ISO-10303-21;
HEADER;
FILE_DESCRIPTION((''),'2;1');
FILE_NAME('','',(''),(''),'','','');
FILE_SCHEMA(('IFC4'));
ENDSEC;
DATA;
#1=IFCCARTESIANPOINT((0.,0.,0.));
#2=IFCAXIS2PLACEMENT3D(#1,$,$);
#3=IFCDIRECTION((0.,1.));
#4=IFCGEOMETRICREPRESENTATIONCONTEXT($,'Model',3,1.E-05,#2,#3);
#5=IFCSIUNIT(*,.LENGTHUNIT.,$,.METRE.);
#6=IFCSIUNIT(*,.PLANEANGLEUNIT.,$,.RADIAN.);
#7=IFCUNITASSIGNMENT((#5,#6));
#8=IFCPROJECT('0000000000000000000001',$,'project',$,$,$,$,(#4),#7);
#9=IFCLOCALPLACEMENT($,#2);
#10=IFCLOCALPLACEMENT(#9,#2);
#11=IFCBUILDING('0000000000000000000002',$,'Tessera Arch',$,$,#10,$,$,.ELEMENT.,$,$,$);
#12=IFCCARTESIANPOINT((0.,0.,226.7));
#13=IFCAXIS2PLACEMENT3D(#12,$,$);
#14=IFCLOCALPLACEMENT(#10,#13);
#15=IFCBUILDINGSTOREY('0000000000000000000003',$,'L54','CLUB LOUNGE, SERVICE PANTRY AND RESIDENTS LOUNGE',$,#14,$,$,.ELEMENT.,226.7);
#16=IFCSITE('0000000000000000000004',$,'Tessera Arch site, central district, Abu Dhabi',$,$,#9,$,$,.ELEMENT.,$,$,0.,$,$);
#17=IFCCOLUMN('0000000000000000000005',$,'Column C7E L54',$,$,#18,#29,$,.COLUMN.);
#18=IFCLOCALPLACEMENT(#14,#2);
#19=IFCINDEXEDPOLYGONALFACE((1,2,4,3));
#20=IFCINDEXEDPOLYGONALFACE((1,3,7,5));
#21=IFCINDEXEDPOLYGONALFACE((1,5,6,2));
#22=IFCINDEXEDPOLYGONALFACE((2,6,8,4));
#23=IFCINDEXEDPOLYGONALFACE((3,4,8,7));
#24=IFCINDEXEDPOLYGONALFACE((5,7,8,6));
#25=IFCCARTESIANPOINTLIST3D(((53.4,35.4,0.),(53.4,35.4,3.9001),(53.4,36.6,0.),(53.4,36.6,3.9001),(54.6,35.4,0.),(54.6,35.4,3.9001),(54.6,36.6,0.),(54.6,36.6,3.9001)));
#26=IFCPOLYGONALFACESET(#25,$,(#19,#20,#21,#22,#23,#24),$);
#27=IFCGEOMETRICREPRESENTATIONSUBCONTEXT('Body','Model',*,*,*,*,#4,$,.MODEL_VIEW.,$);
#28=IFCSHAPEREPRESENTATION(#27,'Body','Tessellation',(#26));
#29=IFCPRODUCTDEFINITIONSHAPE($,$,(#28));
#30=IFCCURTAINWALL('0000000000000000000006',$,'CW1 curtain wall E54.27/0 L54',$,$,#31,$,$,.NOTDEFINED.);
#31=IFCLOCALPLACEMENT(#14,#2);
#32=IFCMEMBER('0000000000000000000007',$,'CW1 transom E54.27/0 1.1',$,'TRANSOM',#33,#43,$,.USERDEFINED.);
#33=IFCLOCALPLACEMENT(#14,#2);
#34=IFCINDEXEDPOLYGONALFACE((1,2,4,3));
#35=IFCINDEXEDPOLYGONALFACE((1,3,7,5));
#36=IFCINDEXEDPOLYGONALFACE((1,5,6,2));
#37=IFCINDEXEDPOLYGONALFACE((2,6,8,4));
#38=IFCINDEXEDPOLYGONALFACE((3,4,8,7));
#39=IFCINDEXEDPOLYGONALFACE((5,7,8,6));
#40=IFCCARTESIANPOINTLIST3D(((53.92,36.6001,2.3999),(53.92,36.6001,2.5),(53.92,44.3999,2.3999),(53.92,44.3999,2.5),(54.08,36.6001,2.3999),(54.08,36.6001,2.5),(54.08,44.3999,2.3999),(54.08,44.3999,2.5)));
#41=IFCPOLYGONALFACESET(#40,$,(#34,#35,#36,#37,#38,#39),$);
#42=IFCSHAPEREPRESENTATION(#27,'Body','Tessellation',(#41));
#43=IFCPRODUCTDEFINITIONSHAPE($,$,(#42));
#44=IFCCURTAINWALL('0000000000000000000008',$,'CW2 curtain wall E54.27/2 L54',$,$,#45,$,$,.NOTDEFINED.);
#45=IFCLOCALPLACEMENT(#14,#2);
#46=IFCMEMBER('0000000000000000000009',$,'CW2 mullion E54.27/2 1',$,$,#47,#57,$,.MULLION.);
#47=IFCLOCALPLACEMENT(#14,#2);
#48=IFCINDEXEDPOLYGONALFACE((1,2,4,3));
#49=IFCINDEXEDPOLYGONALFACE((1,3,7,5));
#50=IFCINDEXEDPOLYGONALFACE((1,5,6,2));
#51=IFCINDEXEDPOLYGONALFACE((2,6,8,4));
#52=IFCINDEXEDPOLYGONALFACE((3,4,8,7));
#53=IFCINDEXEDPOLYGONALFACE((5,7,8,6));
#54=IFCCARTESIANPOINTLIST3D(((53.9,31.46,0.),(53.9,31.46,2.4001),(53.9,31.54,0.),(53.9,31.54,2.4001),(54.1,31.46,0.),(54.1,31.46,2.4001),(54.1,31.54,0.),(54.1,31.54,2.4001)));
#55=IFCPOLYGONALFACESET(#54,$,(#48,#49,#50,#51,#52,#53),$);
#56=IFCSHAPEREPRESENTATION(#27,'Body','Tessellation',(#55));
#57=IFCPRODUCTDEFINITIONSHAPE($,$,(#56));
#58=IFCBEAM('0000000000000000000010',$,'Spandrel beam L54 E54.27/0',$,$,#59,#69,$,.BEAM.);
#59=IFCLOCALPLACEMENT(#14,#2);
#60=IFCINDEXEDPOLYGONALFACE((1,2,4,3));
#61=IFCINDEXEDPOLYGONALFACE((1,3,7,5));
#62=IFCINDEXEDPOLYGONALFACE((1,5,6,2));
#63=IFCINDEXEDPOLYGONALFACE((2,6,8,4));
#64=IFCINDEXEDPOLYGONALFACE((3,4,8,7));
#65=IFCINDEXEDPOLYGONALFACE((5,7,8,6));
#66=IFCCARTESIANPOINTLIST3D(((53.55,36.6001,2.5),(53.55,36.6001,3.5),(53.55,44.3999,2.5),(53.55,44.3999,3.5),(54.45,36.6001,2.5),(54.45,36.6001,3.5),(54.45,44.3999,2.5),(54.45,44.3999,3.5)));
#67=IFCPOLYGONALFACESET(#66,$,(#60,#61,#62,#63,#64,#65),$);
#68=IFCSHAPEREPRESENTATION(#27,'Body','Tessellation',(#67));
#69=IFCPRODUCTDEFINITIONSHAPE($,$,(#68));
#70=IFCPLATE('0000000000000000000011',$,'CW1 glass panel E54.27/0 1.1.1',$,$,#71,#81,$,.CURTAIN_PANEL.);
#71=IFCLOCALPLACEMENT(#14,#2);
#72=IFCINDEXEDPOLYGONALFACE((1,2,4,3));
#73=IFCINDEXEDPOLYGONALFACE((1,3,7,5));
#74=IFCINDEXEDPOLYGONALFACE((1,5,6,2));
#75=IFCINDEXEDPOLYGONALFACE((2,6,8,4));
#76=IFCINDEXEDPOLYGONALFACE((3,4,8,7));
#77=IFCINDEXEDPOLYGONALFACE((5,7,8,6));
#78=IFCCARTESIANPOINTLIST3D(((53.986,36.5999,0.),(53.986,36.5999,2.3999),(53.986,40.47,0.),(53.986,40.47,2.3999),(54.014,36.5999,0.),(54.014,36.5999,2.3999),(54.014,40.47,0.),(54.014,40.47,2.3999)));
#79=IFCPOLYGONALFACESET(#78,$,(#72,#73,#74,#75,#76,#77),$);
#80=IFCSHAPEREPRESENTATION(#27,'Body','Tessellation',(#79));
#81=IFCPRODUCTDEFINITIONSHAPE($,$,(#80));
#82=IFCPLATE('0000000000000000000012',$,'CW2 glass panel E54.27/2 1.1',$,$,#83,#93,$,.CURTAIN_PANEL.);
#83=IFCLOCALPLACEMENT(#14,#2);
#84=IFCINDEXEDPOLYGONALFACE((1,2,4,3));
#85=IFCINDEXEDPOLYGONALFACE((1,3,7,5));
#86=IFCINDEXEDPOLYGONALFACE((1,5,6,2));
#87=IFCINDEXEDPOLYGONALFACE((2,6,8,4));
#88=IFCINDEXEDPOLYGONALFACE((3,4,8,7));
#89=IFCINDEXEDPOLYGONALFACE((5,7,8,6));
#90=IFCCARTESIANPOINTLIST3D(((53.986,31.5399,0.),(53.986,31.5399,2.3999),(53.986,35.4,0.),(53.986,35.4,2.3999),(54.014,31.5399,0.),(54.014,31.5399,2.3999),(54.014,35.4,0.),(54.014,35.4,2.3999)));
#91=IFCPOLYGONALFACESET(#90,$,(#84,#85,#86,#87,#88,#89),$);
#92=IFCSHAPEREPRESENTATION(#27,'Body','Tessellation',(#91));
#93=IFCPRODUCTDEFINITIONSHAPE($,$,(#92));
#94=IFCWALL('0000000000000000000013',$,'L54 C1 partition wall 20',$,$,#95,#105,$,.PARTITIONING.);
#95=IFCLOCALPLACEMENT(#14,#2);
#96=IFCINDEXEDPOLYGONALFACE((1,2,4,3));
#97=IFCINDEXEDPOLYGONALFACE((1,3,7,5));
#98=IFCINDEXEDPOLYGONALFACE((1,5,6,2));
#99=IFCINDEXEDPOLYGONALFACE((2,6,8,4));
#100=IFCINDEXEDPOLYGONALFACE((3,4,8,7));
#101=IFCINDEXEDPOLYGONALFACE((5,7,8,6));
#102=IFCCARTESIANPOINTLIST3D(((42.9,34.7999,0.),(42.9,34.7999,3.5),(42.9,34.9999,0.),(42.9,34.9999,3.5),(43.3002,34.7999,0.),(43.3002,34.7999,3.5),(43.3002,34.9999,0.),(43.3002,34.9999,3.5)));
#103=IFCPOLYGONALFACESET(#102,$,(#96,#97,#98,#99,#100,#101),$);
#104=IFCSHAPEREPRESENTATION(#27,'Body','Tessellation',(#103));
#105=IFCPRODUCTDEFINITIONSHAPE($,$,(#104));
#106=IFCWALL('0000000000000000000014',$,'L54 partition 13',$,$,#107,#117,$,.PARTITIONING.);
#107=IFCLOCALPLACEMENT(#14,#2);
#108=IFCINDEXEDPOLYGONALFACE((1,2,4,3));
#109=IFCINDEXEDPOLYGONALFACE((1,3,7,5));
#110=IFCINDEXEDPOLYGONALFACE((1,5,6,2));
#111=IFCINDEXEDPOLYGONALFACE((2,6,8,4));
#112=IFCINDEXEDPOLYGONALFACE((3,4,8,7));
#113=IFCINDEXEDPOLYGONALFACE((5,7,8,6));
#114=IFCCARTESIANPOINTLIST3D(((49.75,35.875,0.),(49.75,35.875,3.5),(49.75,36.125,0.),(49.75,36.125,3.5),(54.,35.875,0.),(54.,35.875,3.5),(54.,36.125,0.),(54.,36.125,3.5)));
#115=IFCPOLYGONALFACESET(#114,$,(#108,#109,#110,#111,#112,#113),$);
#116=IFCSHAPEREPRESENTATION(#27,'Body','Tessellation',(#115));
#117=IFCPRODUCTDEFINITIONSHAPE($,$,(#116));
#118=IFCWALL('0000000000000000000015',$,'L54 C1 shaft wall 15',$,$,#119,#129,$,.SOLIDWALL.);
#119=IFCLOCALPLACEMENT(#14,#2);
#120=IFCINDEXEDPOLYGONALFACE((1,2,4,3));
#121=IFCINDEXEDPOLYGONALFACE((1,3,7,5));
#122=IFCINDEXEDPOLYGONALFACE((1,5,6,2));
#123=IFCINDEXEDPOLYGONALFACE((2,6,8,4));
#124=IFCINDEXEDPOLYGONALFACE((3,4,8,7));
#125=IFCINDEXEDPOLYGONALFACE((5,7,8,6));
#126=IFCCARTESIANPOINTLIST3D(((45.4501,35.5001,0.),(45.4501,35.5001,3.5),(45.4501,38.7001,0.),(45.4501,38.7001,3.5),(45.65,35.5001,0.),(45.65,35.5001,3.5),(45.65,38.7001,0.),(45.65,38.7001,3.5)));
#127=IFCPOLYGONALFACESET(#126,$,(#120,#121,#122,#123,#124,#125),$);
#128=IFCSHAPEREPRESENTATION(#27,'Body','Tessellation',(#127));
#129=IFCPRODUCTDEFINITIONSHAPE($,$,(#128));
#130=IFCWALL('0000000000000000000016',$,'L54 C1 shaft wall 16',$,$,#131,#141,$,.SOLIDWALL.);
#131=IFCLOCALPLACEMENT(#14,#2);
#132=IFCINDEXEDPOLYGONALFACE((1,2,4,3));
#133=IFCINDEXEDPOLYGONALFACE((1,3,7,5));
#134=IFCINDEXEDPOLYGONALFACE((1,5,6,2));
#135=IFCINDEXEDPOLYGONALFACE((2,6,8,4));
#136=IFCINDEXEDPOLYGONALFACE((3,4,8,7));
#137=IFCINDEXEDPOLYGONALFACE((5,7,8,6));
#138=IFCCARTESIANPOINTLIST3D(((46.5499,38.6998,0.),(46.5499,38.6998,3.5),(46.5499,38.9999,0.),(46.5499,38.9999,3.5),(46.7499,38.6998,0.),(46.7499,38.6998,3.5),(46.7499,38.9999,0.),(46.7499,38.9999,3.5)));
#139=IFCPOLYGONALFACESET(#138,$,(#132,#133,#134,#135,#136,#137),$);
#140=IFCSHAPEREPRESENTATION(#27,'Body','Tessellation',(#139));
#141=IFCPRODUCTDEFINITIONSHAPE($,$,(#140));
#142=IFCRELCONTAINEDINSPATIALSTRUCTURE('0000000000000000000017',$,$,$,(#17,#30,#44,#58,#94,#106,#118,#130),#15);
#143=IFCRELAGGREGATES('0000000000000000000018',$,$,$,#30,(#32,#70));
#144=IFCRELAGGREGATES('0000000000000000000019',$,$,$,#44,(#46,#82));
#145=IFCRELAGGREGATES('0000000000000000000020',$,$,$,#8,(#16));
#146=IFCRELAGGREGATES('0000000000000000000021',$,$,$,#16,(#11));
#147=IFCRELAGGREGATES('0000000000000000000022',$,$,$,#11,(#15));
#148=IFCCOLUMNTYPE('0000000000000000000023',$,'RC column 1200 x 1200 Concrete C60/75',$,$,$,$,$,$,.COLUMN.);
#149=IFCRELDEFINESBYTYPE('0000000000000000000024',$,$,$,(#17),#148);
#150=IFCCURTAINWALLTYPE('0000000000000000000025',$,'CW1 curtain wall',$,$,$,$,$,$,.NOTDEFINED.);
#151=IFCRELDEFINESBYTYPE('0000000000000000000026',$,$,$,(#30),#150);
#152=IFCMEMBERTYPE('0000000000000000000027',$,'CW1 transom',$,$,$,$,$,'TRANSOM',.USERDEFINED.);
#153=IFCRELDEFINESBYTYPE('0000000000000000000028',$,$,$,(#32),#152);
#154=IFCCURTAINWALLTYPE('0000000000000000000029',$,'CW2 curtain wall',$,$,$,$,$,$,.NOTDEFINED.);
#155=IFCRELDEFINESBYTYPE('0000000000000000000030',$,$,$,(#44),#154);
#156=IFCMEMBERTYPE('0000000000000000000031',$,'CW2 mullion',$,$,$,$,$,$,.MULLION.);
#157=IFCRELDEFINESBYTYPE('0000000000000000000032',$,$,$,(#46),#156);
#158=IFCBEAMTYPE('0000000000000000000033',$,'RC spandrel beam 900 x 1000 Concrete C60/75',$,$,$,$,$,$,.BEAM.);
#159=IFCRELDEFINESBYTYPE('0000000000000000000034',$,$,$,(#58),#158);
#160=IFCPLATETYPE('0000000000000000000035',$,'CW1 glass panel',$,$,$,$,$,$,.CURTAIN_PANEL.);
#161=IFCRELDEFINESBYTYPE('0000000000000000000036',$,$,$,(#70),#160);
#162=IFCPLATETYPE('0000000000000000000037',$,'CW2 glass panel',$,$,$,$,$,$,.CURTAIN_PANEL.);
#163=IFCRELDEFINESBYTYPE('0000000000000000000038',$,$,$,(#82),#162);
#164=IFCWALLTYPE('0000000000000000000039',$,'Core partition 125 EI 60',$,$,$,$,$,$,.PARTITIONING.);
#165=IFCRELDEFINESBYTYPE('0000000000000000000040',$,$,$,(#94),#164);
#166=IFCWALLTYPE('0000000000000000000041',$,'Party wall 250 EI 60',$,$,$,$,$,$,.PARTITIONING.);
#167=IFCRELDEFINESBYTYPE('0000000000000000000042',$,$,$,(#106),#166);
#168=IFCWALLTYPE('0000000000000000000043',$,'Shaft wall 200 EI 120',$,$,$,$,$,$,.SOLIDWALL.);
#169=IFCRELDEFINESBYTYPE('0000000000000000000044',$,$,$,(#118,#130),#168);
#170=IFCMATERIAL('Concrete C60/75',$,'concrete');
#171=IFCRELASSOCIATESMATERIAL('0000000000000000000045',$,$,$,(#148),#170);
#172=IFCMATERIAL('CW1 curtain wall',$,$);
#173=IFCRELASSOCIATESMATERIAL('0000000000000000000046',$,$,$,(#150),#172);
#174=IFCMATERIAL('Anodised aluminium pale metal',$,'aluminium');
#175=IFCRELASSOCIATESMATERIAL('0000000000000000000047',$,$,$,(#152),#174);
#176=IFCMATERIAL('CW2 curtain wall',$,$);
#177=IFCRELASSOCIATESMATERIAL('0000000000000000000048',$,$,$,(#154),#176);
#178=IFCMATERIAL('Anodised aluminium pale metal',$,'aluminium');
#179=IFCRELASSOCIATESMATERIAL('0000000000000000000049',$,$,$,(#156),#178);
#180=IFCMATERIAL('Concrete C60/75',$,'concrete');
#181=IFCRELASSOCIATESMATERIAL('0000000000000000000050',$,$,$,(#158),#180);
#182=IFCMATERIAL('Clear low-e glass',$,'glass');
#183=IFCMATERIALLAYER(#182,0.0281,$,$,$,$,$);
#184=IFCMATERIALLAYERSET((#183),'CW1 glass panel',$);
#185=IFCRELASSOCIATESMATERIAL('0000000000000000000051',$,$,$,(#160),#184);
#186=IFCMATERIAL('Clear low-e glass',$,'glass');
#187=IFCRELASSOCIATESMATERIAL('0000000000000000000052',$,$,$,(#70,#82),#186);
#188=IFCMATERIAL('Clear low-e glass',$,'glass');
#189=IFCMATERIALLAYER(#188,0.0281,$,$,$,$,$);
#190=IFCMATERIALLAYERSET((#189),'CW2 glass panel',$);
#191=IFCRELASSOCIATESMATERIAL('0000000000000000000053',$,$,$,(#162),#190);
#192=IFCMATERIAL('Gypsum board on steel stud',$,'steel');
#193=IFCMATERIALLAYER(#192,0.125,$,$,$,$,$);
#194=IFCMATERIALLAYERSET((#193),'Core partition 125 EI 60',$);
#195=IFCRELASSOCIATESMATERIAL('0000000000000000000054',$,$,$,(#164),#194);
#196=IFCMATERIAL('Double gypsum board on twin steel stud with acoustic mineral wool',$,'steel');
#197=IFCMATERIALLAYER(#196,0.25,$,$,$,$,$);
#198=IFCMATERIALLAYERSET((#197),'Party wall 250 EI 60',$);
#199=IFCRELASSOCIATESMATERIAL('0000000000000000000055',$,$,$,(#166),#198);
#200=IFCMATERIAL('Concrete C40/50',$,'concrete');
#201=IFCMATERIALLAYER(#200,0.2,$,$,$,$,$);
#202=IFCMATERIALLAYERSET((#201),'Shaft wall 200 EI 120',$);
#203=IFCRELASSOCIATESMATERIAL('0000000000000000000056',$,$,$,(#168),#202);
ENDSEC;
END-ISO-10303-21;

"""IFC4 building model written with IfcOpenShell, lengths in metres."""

from ifc_helpers import new_model, si_unit, direction, frame, frame_2d, origin, origin_2d, place, context, subcontext, project, spatial, rectangle, extrude, material, layer, layer_set, material_profile, profile_set, type_object, element, aggregate, save


model = new_model("IFC4")

# Units and contexts
model_context = context("Model", 3, precision=1e-05, world=origin(), true_north=direction((0.0, 1.0)))
body_context = subcontext(model_context, "Body", "Model", "MODEL_VIEW")
ifc_project = project(units=[si_unit("LENGTHUNIT", "METRE"), si_unit("PLANEANGLEUNIT", "RADIAN")], contexts=[model_context])

# Site, building, storey
site_placement = place(None, origin())
site = spatial("IfcSite", under=ifc_project, at=site_placement, Name="Tessera Arch site, central district, Abu Dhabi", CompositionType="ELEMENT", RefElevation=0.0)
building_placement = place(site_placement, origin())
building = spatial("IfcBuilding", under=site, at=building_placement, Name="Tessera Arch", CompositionType="ELEMENT")
storey_placement = place(building_placement, frame((0.0, 0.0, 226.7)))
storey = spatial("IfcBuildingStorey", under=building, at=storey_placement, Name="L54", Description="CLUB LOUNGE, SERVICE PANTRY AND RESIDENTS LOUNGE", CompositionType="ELEMENT", Elevation=226.7)

# Column
ifc_material_1 = material(Name="Concrete C60/75", Category="concrete")
ifc_material_profile_1 = material_profile(ifc_material_1, rectangle(XDim=1.2, YDim=1.2, at=origin_2d()), Name="RC column 1200 x 1200 Concrete C60/75")
ifc_profile_set_1 = profile_set([ifc_material_profile_1], Name="Concrete C60/75")
column_type = type_object("IfcColumnType", Name="RC column 1200 x 1200 Concrete C60/75", PredefinedType="COLUMN", material=ifc_profile_set_1)
column_placement = place(storey_placement, frame((54.0, 36.0, 0.0), z_axis=(0.0, 0.0, 1.0), x_axis=(1.0, 0.0, 0.0)))
element("IfcColumn", 1, at=column_placement, inside=storey, type_object=column_type, Name="Column C7E L54", PredefinedType="COLUMN", context=body_context, shape_type="SweptSolid", body=[
    extrude(rectangle(XDim=1.2, YDim=1.2, at=origin_2d()), origin(), (0.0, 0.0, 1.0), 3.9001),
])

# Curtain walls, members
ifc_material_2 = material(Name="CW1 curtain wall")
curtain_wall_type_1 = type_object("IfcCurtainWallType", Name="CW1 curtain wall", PredefinedType="NOTDEFINED", material=ifc_material_2)
curtain_wall_1_placement = place(storey_placement, origin())
curtain_wall_1 = element("IfcCurtainWall", 2, at=curtain_wall_1_placement, inside=storey, type_object=curtain_wall_type_1, Name="CW1 curtain wall E54.27/0 L54", PredefinedType="NOTDEFINED")
ifc_material_3 = material(Name="Anodised aluminium pale metal", Category="aluminium")
ifc_material_profile_2 = material_profile(ifc_material_3, rectangle(XDim=0.1599, YDim=0.1001, at=origin_2d()), Name="AL 160x100")
ifc_profile_set_2 = profile_set([ifc_material_profile_2], Name="Anodised aluminium pale metal")
member_type_1 = type_object("IfcMemberType", Name="CW1 transom", ElementType="TRANSOM", PredefinedType="USERDEFINED", material=ifc_profile_set_2)
member_1_placement = place(storey_placement, frame((54.0, 36.6001, 2.45), z_axis=(0.0, 1.0, 0.0), x_axis=(-1.0, 0.0, 0.0)))
member_1 = element("IfcMember", 3, at=member_1_placement, type_object=member_type_1, Name="CW1 transom E54.27/0 1.1", ObjectType="TRANSOM", PredefinedType="USERDEFINED", context=body_context, shape_type="SweptSolid", body=[
    extrude(rectangle(XDim=0.1599, YDim=0.1001, at=origin_2d()), origin(), (0.0, 0.0, 1.0), 7.7998),
])
ifc_material_4 = material(Name="CW2 curtain wall")
curtain_wall_type_2 = type_object("IfcCurtainWallType", Name="CW2 curtain wall", PredefinedType="NOTDEFINED", material=ifc_material_4)
curtain_wall_2_placement = place(storey_placement, origin())
curtain_wall_2 = element("IfcCurtainWall", 4, at=curtain_wall_2_placement, inside=storey, type_object=curtain_wall_type_2, Name="CW2 curtain wall E54.27/2 L54", PredefinedType="NOTDEFINED")
ifc_material_5 = material(Name="Anodised aluminium pale metal", Category="aluminium")
ifc_material_profile_3 = material_profile(ifc_material_5, rectangle(XDim=0.2, YDim=0.0801, at=origin_2d()), Name="AL 80x200")
ifc_profile_set_3 = profile_set([ifc_material_profile_3], Name="Anodised aluminium pale metal")
member_type_2 = type_object("IfcMemberType", Name="CW2 mullion", PredefinedType="MULLION", material=ifc_profile_set_3)
member_2_placement = place(storey_placement, frame((54.0, 31.5, 0.0), z_axis=(0.0, 0.0, 1.0), x_axis=(-1.0, 0.0, 0.0)))
member_2 = element("IfcMember", 5, at=member_2_placement, type_object=member_type_2, Name="CW2 mullion E54.27/2 1", PredefinedType="MULLION", context=body_context, shape_type="SweptSolid", body=[
    extrude(rectangle(XDim=0.2, YDim=0.0801, at=origin_2d()), origin(), (0.0, 0.0, 1.0), 2.4001),
])

# Beam
ifc_material_6 = material(Name="Concrete C60/75", Category="concrete")
ifc_material_profile_4 = material_profile(ifc_material_6, rectangle(XDim=0.8999, YDim=1.0, at=origin_2d()), Name="RC spandrel beam 900 x 1000 Concrete C60/75")
ifc_profile_set_4 = profile_set([ifc_material_profile_4], Name="Concrete C60/75")
beam_type = type_object("IfcBeamType", Name="RC spandrel beam 900 x 1000 Concrete C60/75", PredefinedType="BEAM", material=ifc_profile_set_4)
beam_placement = place(storey_placement, frame((54.0, 36.6001, 3.0), z_axis=(0.0, 1.0, 0.0), x_axis=(-1.0, 0.0, 0.0)))
element("IfcBeam", 6, at=beam_placement, inside=storey, type_object=beam_type, Name="Spandrel beam L54 E54.27/0", PredefinedType="BEAM", context=body_context, shape_type="SweptSolid", body=[
    extrude(rectangle(XDim=0.8999, YDim=1.0, at=origin_2d()), origin(), (0.0, 0.0, 1.0), 7.7998),
])

# Plates
ifc_material_7 = material(Name="Clear low-e glass", Category="glass")
ifc_material_8 = material(Name="Clear low-e glass", Category="glass")
ifc_layer_1 = layer(ifc_material_8, 0.0281)
ifc_layer_set_1 = layer_set([ifc_layer_1], Name="CW1 glass panel")
plate_type_1 = type_object("IfcPlateType", Name="CW1 glass panel", PredefinedType="CURTAIN_PANEL", material=ifc_layer_set_1)
plate_1_placement = place(storey_placement, frame((54.0, 38.5349, 0.0), z_axis=(0.0, 0.0, 1.0), x_axis=(0.0, 1.0, 0.0)))
plate_1 = element("IfcPlate", 7, at=plate_1_placement, type_object=plate_type_1, material=ifc_material_7, Name="CW1 glass panel E54.27/0 1.1.1", PredefinedType="CURTAIN_PANEL", context=body_context, shape_type="SweptSolid", body=[
    extrude(rectangle(XDim=3.8701, YDim=0.0281, at=origin_2d()), origin(), (0.0, 0.0, 1.0), 2.3999),
])
aggregate(curtain_wall_1, [member_1, plate_1])
ifc_material_9 = material(Name="Clear low-e glass", Category="glass")
ifc_layer_2 = layer(ifc_material_9, 0.0281)
ifc_layer_set_2 = layer_set([ifc_layer_2], Name="CW2 glass panel")
plate_type_2 = type_object("IfcPlateType", Name="CW2 glass panel", PredefinedType="CURTAIN_PANEL", material=ifc_layer_set_2)
plate_2_placement = place(storey_placement, frame((54.0, 33.47, 0.0), z_axis=(0.0, 0.0, 1.0), x_axis=(0.0, 1.0, 0.0)))
plate_2 = element("IfcPlate", 8, at=plate_2_placement, type_object=plate_type_2, material=ifc_material_7, Name="CW2 glass panel E54.27/2 1.1", PredefinedType="CURTAIN_PANEL", context=body_context, shape_type="SweptSolid", body=[
    extrude(rectangle(XDim=3.8601, YDim=0.0281, at=origin_2d()), origin(), (0.0, 0.0, 1.0), 2.3999),
])
aggregate(curtain_wall_2, [member_2, plate_2])

# Walls
ifc_material_10 = material(Name="Gypsum board on steel stud", Category="steel")
ifc_layer_3 = layer(ifc_material_10, 0.125)
ifc_layer_set_3 = layer_set([ifc_layer_3], Name="Core partition 125 EI 60")
wall_type_1 = type_object("IfcWallType", Name="Core partition 125 EI 60", PredefinedType="PARTITIONING", material=ifc_layer_set_3)
wall_1_placement = place(storey_placement, frame((42.8999, 34.8999, 0.0), z_axis=(0.0, 0.0, 1.0), x_axis=(1.0, 0.0, 0.0)))
element("IfcWall", 9, at=wall_1_placement, inside=storey, type_object=wall_type_1, Name="L54 C1 partition wall 20", PredefinedType="PARTITIONING", context=body_context, shape_type="SweptSolid", body=[
    extrude(rectangle(XDim=0.4001, YDim=0.2, at=frame_2d((0.2002, 0.0))), origin(), (0.0, 0.0, 1.0), 3.5),
])
ifc_material_11 = material(Name="Double gypsum board on twin steel stud with acoustic mineral wool", Category="steel")
ifc_layer_4 = layer(ifc_material_11, 0.25)
ifc_layer_set_4 = layer_set([ifc_layer_4], Name="Party wall 250 EI 60")
wall_type_2 = type_object("IfcWallType", Name="Party wall 250 EI 60", PredefinedType="PARTITIONING", material=ifc_layer_set_4)
wall_2_placement = place(storey_placement, frame((49.75, 36.0, 0.0), z_axis=(0.0, 0.0, 1.0), x_axis=(1.0, 0.0, 0.0)))
element("IfcWall", 10, at=wall_2_placement, inside=storey, type_object=wall_type_2, Name="L54 partition 13", PredefinedType="PARTITIONING", context=body_context, shape_type="SweptSolid", body=[
    extrude(rectangle(XDim=4.25, YDim=0.25, at=frame_2d((2.125, 0.0))), origin(), (0.0, 0.0, 1.0), 3.5),
])
ifc_material_12 = material(Name="Concrete C40/50", Category="concrete")
ifc_layer_5 = layer(ifc_material_12, 0.2)
ifc_layer_set_5 = layer_set([ifc_layer_5], Name="Shaft wall 200 EI 120")
wall_type_3 = type_object("IfcWallType", Name="Shaft wall 200 EI 120", PredefinedType="SOLIDWALL", material=ifc_layer_set_5)
wall_3_placement = place(storey_placement, frame((45.55, 35.5, 0.0), z_axis=(0.0, 0.0, 1.0), x_axis=(0.0, 1.0, 0.0)))
element("IfcWall", 11, at=wall_3_placement, inside=storey, type_object=wall_type_3, Name="L54 C1 shaft wall 15", PredefinedType="SOLIDWALL", context=body_context, shape_type="SweptSolid", body=[
    extrude(rectangle(XDim=3.2, YDim=0.2, at=frame_2d((1.6001, 0.0))), origin(), (0.0, 0.0, 1.0), 3.5),
])
wall_4_placement = place(storey_placement, frame((46.6499, 38.7, 0.0), z_axis=(0.0, 0.0, 1.0), x_axis=(0.0, 1.0, 0.0)))
element("IfcWall", 12, at=wall_4_placement, inside=storey, type_object=wall_type_3, Name="L54 C1 shaft wall 16", PredefinedType="SOLIDWALL", context=body_context, shape_type="SweptSolid", body=[
    extrude(rectangle(XDim=0.3, YDim=0.2, at=frame_2d((0.1499, 0.0))), origin(), (0.0, 0.0, 1.0), 3.5),
])

save(model, "model.ifc")
